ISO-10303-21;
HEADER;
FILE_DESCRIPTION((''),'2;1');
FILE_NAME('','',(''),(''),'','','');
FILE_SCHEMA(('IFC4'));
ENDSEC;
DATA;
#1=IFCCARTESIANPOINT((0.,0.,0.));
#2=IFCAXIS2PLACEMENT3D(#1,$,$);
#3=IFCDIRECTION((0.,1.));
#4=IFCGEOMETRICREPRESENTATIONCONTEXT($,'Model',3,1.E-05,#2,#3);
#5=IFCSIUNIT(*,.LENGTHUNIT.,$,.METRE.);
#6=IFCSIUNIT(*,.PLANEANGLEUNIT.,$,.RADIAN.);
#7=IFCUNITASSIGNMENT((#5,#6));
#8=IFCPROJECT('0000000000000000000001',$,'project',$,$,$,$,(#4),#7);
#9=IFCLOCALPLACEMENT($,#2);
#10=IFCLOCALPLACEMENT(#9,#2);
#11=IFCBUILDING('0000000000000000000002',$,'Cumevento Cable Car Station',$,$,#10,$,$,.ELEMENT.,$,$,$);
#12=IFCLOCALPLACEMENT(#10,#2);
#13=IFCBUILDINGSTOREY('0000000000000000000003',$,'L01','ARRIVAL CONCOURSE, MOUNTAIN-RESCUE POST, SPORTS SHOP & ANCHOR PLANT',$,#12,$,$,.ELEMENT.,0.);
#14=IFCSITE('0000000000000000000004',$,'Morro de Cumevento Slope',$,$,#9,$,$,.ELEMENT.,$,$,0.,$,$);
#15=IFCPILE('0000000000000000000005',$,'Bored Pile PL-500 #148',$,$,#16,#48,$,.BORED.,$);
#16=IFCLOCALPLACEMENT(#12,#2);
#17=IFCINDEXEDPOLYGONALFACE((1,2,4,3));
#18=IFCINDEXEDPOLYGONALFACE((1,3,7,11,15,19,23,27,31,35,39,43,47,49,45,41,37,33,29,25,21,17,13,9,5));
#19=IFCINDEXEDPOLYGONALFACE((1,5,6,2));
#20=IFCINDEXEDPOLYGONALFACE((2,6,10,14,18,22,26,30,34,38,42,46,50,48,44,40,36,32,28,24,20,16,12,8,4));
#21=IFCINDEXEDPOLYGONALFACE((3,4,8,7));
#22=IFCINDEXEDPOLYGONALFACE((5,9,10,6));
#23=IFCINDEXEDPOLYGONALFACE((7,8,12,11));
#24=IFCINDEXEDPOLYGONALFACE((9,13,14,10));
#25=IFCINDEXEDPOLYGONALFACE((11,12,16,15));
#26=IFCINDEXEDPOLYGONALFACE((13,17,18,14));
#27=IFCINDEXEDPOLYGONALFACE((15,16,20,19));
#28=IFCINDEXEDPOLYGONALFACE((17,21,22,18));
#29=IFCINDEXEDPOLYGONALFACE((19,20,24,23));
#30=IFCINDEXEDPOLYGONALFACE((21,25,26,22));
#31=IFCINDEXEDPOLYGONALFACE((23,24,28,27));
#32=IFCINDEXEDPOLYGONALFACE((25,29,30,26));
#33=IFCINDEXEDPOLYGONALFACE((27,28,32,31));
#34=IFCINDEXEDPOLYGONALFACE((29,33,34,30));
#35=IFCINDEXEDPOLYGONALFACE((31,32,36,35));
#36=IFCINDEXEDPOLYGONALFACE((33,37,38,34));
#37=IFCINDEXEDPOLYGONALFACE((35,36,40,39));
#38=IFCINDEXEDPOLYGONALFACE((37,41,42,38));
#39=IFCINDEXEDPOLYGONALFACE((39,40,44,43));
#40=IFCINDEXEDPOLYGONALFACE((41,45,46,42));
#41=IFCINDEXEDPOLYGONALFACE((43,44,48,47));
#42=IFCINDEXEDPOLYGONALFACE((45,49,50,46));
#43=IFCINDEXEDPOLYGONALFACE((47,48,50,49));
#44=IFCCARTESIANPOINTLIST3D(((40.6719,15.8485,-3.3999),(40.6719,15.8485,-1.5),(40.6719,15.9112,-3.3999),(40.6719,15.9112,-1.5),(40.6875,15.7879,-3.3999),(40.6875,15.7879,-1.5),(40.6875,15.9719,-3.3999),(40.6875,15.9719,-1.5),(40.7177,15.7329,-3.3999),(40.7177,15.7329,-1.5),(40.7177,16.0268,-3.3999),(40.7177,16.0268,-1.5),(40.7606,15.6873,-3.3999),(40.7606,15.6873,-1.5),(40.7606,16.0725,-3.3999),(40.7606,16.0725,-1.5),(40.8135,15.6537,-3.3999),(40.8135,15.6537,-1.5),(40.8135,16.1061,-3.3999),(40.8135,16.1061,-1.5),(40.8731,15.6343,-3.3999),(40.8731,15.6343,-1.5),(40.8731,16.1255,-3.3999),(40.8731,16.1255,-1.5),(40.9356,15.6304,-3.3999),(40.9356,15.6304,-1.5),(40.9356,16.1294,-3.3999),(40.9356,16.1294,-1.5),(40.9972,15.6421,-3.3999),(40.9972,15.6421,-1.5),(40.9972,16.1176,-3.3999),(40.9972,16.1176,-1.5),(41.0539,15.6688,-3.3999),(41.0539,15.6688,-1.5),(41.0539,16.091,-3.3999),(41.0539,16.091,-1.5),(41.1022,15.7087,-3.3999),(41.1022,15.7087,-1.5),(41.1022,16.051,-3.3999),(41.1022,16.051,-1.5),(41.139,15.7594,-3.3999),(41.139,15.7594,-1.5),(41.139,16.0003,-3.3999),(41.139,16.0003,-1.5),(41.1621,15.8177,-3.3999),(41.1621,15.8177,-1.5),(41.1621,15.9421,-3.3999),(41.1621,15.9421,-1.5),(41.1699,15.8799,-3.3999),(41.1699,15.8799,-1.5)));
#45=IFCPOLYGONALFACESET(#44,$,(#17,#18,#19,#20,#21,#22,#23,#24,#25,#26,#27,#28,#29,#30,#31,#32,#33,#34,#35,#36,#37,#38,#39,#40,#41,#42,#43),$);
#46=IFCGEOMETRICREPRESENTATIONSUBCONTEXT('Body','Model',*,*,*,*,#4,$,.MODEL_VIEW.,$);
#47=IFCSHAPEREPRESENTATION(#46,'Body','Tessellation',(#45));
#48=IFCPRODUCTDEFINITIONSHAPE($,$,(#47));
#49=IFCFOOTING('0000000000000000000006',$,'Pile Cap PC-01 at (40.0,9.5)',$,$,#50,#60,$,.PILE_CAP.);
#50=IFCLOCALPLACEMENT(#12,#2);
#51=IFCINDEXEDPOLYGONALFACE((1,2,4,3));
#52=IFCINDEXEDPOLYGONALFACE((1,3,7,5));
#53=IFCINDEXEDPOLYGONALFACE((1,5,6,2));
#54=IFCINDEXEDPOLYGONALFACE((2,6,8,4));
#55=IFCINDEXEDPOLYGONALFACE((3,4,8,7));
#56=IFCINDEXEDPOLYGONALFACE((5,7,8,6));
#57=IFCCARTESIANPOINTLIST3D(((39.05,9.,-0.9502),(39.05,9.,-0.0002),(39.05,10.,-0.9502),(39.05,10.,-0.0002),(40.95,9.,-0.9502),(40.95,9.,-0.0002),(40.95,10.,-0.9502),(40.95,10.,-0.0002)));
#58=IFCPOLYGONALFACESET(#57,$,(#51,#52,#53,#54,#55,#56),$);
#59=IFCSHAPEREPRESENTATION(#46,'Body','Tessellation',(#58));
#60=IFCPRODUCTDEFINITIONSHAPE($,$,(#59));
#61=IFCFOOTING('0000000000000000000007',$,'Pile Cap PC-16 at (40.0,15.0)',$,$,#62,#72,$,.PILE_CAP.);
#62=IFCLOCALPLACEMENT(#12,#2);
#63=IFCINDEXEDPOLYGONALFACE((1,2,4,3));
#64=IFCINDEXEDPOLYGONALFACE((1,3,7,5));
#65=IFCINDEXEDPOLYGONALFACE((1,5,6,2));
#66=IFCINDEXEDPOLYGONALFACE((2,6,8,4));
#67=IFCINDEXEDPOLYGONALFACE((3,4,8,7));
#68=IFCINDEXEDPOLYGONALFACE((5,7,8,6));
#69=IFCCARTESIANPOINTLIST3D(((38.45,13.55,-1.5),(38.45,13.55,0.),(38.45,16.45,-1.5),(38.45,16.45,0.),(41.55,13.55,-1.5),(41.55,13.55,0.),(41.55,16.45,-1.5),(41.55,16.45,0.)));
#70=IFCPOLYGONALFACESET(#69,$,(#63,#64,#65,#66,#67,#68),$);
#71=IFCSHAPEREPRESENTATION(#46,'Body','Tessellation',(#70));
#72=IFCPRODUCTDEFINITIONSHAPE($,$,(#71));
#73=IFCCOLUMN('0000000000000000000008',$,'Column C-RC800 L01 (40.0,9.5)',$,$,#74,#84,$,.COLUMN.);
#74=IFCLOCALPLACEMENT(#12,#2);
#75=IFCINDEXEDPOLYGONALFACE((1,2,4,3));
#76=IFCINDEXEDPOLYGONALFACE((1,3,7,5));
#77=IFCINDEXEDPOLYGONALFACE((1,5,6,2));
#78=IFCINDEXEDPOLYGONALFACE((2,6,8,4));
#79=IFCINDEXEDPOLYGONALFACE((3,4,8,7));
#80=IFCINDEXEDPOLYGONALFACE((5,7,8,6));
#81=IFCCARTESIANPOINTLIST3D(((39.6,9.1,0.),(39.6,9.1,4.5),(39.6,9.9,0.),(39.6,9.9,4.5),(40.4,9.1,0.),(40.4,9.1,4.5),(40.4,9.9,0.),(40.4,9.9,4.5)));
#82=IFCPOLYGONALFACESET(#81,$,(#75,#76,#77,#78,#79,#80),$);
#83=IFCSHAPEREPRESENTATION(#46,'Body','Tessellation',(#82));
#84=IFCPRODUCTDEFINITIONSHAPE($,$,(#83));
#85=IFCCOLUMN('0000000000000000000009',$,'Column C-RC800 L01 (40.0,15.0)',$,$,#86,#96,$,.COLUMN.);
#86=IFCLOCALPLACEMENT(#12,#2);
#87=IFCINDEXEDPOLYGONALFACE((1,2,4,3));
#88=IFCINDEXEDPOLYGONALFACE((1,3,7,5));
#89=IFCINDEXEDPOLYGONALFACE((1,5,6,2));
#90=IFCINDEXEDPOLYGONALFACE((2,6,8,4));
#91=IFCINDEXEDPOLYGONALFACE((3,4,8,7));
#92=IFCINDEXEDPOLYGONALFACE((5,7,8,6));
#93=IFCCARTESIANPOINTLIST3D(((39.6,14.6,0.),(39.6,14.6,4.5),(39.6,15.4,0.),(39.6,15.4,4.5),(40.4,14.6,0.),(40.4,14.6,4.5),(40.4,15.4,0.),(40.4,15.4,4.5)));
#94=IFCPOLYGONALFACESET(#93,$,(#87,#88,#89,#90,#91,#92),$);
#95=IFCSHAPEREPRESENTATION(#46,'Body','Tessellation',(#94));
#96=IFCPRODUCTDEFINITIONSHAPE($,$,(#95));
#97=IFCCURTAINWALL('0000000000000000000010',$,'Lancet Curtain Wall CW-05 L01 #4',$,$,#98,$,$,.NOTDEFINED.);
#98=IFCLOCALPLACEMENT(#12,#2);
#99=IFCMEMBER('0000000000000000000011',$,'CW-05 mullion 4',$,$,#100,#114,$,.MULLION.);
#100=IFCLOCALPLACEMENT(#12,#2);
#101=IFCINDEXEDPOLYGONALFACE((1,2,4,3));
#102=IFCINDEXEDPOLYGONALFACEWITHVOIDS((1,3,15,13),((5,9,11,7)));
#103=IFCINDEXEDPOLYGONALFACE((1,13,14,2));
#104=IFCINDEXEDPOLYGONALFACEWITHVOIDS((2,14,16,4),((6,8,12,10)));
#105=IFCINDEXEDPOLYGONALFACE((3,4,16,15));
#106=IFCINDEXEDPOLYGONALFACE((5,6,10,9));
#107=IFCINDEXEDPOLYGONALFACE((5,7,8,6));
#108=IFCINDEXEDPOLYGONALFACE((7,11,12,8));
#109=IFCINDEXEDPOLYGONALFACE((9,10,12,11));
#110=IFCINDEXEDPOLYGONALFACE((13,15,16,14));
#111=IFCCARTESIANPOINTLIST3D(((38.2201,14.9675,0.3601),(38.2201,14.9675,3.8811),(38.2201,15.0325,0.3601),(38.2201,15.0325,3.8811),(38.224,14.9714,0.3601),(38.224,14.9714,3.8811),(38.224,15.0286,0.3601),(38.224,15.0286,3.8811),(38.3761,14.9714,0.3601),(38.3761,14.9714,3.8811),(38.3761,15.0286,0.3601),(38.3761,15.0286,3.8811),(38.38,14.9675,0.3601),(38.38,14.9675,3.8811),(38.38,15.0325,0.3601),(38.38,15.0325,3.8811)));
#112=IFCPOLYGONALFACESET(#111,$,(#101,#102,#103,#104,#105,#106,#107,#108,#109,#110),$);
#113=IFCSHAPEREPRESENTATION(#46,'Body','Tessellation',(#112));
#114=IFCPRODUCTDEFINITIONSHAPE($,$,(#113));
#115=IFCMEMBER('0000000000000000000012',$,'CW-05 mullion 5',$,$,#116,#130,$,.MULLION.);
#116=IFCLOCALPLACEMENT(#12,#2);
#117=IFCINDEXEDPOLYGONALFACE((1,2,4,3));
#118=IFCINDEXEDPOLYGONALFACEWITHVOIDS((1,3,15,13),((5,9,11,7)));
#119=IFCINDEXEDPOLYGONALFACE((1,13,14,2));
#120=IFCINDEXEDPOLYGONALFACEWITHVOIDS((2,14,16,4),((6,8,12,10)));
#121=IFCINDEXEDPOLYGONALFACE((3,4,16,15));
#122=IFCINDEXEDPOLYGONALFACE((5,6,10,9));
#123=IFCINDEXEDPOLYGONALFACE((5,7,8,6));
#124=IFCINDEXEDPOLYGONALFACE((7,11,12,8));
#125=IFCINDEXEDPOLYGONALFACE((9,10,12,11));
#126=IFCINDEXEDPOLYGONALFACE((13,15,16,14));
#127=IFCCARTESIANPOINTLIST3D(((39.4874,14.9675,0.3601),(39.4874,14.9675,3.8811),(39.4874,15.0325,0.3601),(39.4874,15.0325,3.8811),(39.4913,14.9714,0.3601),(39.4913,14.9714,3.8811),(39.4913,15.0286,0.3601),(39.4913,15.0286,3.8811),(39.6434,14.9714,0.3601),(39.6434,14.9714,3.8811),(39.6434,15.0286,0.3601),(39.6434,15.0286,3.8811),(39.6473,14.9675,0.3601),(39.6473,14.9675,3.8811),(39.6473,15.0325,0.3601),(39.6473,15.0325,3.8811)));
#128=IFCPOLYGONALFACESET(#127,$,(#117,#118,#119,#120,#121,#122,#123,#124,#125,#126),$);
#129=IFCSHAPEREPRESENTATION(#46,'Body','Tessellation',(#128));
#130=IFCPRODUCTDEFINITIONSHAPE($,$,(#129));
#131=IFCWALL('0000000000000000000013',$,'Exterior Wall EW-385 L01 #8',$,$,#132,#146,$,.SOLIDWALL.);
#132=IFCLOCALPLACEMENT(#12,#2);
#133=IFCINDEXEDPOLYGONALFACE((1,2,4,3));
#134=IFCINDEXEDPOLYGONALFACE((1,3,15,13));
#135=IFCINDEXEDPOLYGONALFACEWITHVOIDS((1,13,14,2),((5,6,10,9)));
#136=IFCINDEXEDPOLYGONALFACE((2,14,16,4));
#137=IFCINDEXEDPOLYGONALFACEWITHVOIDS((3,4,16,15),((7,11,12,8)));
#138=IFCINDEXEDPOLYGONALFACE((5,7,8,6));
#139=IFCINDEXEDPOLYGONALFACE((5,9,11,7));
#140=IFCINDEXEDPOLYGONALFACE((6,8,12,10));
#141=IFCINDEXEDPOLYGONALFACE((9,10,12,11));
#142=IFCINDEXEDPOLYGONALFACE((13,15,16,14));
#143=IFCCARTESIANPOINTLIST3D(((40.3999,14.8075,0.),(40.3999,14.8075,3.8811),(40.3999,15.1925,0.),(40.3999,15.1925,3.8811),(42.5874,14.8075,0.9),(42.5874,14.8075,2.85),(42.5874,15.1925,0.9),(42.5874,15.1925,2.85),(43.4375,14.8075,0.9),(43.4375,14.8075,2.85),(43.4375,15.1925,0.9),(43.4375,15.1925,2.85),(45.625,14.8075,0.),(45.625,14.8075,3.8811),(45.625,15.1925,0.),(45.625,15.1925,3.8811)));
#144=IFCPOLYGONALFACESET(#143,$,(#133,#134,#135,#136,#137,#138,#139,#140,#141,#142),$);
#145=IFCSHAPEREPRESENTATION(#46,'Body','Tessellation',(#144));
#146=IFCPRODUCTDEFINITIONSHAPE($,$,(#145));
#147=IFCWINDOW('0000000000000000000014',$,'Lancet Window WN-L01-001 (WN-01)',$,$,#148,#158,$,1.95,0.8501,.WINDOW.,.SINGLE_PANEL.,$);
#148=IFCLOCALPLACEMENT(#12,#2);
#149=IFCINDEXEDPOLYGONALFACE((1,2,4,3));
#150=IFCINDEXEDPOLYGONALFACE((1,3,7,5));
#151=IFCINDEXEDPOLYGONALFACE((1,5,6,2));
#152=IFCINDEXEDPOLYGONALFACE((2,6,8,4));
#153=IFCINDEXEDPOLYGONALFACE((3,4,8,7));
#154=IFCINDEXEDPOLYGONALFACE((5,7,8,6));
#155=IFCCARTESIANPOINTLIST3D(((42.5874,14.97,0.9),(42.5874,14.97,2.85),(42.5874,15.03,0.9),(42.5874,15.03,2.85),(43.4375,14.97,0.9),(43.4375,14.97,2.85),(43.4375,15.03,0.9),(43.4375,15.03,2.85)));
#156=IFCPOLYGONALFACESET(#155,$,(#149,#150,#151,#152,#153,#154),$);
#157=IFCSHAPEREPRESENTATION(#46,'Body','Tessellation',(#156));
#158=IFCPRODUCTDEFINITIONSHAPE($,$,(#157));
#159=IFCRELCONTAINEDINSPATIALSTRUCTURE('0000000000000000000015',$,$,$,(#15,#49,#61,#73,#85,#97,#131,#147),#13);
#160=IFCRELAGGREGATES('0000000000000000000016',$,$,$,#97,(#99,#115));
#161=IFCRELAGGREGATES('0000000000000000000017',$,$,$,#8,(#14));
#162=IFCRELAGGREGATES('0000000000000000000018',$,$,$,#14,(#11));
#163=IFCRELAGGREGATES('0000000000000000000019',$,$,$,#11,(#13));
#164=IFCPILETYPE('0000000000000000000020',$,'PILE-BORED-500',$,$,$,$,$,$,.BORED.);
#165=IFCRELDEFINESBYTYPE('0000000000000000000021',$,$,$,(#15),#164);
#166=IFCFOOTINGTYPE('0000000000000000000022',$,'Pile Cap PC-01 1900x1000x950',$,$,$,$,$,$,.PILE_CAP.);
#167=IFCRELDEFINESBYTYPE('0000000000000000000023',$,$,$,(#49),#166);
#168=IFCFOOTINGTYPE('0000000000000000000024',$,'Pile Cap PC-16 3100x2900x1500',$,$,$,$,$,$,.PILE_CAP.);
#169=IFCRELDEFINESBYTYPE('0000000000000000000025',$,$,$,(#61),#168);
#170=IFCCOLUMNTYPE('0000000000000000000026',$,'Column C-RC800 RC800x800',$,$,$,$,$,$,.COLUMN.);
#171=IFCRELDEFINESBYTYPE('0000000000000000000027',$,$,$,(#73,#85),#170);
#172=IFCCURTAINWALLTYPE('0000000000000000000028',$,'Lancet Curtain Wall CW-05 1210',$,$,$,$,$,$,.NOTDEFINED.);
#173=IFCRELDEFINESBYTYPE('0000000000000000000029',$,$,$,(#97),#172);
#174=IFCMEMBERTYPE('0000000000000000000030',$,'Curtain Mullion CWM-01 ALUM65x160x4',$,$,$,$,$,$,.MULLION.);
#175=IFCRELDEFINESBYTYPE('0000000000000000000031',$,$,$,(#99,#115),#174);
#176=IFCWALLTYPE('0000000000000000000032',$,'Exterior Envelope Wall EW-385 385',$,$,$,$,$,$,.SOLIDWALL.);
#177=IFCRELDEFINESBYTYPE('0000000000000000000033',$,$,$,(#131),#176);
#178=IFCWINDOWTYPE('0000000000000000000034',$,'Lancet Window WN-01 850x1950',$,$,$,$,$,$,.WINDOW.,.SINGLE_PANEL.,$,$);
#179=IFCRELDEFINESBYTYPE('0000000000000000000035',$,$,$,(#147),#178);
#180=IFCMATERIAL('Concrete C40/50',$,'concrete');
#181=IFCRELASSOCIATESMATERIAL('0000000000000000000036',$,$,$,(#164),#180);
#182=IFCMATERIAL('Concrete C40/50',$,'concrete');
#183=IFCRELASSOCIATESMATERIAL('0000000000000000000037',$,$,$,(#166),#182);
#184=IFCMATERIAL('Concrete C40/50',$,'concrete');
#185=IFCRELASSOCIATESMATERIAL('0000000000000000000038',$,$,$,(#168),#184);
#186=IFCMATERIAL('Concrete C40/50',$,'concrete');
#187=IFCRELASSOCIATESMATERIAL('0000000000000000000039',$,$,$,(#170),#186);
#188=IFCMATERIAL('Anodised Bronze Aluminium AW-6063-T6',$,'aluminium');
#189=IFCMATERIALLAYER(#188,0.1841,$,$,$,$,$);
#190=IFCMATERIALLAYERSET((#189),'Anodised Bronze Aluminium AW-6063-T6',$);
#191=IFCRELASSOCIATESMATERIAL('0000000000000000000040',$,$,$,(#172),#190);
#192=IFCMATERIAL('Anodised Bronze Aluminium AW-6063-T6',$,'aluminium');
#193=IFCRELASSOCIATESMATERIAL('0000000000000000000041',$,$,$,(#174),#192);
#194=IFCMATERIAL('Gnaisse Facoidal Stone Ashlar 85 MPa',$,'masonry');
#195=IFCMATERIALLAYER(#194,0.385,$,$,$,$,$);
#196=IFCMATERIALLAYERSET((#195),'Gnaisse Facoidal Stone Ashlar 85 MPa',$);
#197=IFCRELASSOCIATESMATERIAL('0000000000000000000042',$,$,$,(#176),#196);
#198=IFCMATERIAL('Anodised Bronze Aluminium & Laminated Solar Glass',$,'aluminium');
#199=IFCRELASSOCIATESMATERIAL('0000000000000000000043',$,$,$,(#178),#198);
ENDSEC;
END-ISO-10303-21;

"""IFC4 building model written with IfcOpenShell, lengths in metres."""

from ifc_helpers import new_model, si_unit, direction, frame, frame_2d, origin, origin_2d, place, context, subcontext, project, spatial, rectangle, hollow_rectangle, circle, extrude, material, layer, layer_set, material_profile, profile_set, type_object, element, fill, aggregate, save


model = new_model("IFC4")

# Units and contexts
model_context = context("Model", 3, precision=1e-05, world=origin(), true_north=direction((0.0, 1.0)))
body_context = subcontext(model_context, "Body", "Model", "MODEL_VIEW")
ifc_project = project(units=[si_unit("LENGTHUNIT", "METRE"), si_unit("PLANEANGLEUNIT", "RADIAN")], contexts=[model_context])

# Site, building, storey
site_placement = place(None, origin())
site = spatial("IfcSite", under=ifc_project, at=site_placement, Name="Morro de Cumevento Slope", CompositionType="ELEMENT", RefElevation=0.0)
building_placement = place(site_placement, origin())
building = spatial("IfcBuilding", under=site, at=building_placement, Name="Cumevento Cable Car Station", CompositionType="ELEMENT")
storey_placement = place(building_placement, origin())
storey = spatial("IfcBuildingStorey", under=building, at=storey_placement, Name="L01", Description="ARRIVAL CONCOURSE, MOUNTAIN-RESCUE POST, SPORTS SHOP & ANCHOR PLANT", CompositionType="ELEMENT", Elevation=0.0)

# Pile
ifc_material_1 = material(Name="Concrete C40/50", Category="concrete")
ifc_material_profile_1 = material_profile(ifc_material_1, circle(Radius=0.25, at=origin_2d()), Name="PILE-D500")
ifc_profile_set_1 = profile_set([ifc_material_profile_1], Name="Concrete C40/50")
pile_type_1 = type_object("IfcPileType", Name="PILE-BORED-500", PredefinedType="BORED", material=ifc_profile_set_1)
for number, where, z_axis, x_axis, name in (
    (1, (40.9199, 15.8799, -1.5), (0.0, 0.0, -1.0), (1.0, 0.0, 0.0), "Bored Pile PL-500 #148"),
):
    element("IfcPile", number, at=place(storey_placement, frame(where, z_axis=z_axis, x_axis=x_axis)), inside=storey, type_object=pile_type_1, Name=name, PredefinedType="BORED", context=body_context, shape_type="SweptSolid", body=[
        extrude(circle(Radius=0.25, at=origin_2d()), origin(), (0.0, 0.0, 1.0), 1.8999),
    ])

# Footings
ifc_material_2 = material(Name="Concrete C40/50", Category="concrete")
footing_type_1 = type_object("IfcFootingType", Name="Pile Cap PC-01 1900x1000x950", PredefinedType="PILE_CAP", material=ifc_material_2)
footing_1_placement = place(storey_placement, frame((40.0, 9.5, -0.9502), z_axis=(0.0, 0.0, 1.0), x_axis=(1.0, 0.0, 0.0)))
element("IfcFooting", 2, at=footing_1_placement, inside=storey, type_object=footing_type_1, Name="Pile Cap PC-01 at (40.0,9.5)", PredefinedType="PILE_CAP", context=body_context, shape_type="SweptSolid", body=[
    extrude(rectangle(XDim=1.8999, YDim=1.0, at=origin_2d()), origin(), (0.0, 0.0, 1.0), 0.95),
])
ifc_material_3 = material(Name="Concrete C40/50", Category="concrete")
footing_type_2 = type_object("IfcFootingType", Name="Pile Cap PC-16 3100x2900x1500", PredefinedType="PILE_CAP", material=ifc_material_3)
footing_2_placement = place(storey_placement, frame((40.0, 15.0, -1.5), z_axis=(0.0, 0.0, 1.0), x_axis=(1.0, 0.0, 0.0)))
element("IfcFooting", 3, at=footing_2_placement, inside=storey, type_object=footing_type_2, Name="Pile Cap PC-16 at (40.0,15.0)", PredefinedType="PILE_CAP", context=body_context, shape_type="SweptSolid", body=[
    extrude(rectangle(XDim=3.1001, YDim=2.8999, at=origin_2d()), origin(), (0.0, 0.0, 1.0), 1.5),
])

# Columns
ifc_material_4 = material(Name="Concrete C40/50", Category="concrete")
ifc_material_profile_2 = material_profile(ifc_material_4, rectangle(XDim=0.8, YDim=0.8, at=origin_2d()), Name="RC800x800")
ifc_profile_set_2 = profile_set([ifc_material_profile_2], Name="Concrete C40/50")
column_type = type_object("IfcColumnType", Name="Column C-RC800 RC800x800", PredefinedType="COLUMN", material=ifc_profile_set_2)
for number, where, z_axis, x_axis, name in (
    (4, (40.0, 9.5, 0.0), (0.0, 0.0, 1.0), (1.0, 0.0, 0.0), "Column C-RC800 L01 (40.0,9.5)"),
    (5, (40.0, 15.0, 0.0), (0.0, 0.0, 1.0), (1.0, 0.0, 0.0), "Column C-RC800 L01 (40.0,15.0)"),
):
    element("IfcColumn", number, at=place(storey_placement, frame(where, z_axis=z_axis, x_axis=x_axis)), inside=storey, type_object=column_type, Name=name, PredefinedType="COLUMN", context=body_context, shape_type="SweptSolid", body=[
        extrude(rectangle(XDim=0.8, YDim=0.8, at=origin_2d()), origin(), (0.0, 0.0, 1.0), 4.5),
    ])

# Curtain wall, members
ifc_material_5 = material(Name="Anodised Bronze Aluminium AW-6063-T6", Category="aluminium")
ifc_layer_1 = layer(ifc_material_5, 0.1841)
ifc_layer_set_1 = layer_set([ifc_layer_1], Name="Anodised Bronze Aluminium AW-6063-T6")
curtain_wall_type = type_object("IfcCurtainWallType", Name="Lancet Curtain Wall CW-05 1210", PredefinedType="NOTDEFINED", material=ifc_layer_set_1)
curtain_wall_placement = place(storey_placement, origin())
curtain_wall = element("IfcCurtainWall", 6, at=curtain_wall_placement, inside=storey, type_object=curtain_wall_type, Name="Lancet Curtain Wall CW-05 L01 #4", PredefinedType="NOTDEFINED")
ifc_material_6 = material(Name="Anodised Bronze Aluminium AW-6063-T6", Category="aluminium")
ifc_material_profile_3 = material_profile(ifc_material_6, hollow_rectangle(XDim=0.0649, YDim=0.1599, WallThickness=0.0039, at=origin_2d()), Name="ALUM65x160x4")
ifc_profile_set_3 = profile_set([ifc_material_profile_3], Name="Anodised Bronze Aluminium AW-6063-T6")
member_type = type_object("IfcMemberType", Name="Curtain Mullion CWM-01 ALUM65x160x4", PredefinedType="MULLION", material=ifc_profile_set_3)
member_1_placement = place(storey_placement, frame((38.3, 15.0, 0.3601), z_axis=(0.0, 0.0, 1.0), x_axis=(0.0, 1.0, 0.0)))
member_1 = element("IfcMember", 7, at=member_1_placement, type_object=member_type, Name="CW-05 mullion 4", PredefinedType="MULLION", context=body_context, shape_type="SweptSolid", body=[
    extrude(hollow_rectangle(XDim=0.0649, YDim=0.1599, WallThickness=0.0039, at=origin_2d()), origin(), (0.0, 0.0, 1.0), 3.521),
])
member_2_placement = place(storey_placement, frame((39.5674, 15.0, 0.3601), z_axis=(0.0, 0.0, 1.0), x_axis=(0.0, 1.0, 0.0)))
member_2 = element("IfcMember", 8, at=member_2_placement, type_object=member_type, Name="CW-05 mullion 5", PredefinedType="MULLION", context=body_context, shape_type="SweptSolid", body=[
    extrude(hollow_rectangle(XDim=0.0649, YDim=0.1599, WallThickness=0.0039, at=origin_2d()), origin(), (0.0, 0.0, 1.0), 3.521),
])
aggregate(curtain_wall, [member_1, member_2])

# Wall, opening, window
ifc_material_7 = material(Name="Gnaisse Facoidal Stone Ashlar 85 MPa", Category="masonry")
ifc_layer_2 = layer(ifc_material_7, 0.385)
ifc_layer_set_2 = layer_set([ifc_layer_2], Name="Gnaisse Facoidal Stone Ashlar 85 MPa")
wall_type_1 = type_object("IfcWallType", Name="Exterior Envelope Wall EW-385 385", PredefinedType="SOLIDWALL", material=ifc_layer_set_2)
wall_1_placement = place(storey_placement, frame((40.3999, 15.0, 0.0), z_axis=(0.0, 0.0, 1.0), x_axis=(1.0, 0.0, 0.0)))
wall_1 = element("IfcWall", 9, at=wall_1_placement, inside=storey, type_object=wall_type_1, Name="Exterior Wall EW-385 L01 #8", PredefinedType="SOLIDWALL", context=body_context, shape_type="SweptSolid", body=[
    extrude(rectangle(XDim=5.2251, YDim=0.385, at=frame_2d((2.6125, 0.0))), origin(), (0.0, 0.0, 1.0), 3.8811),
])
opening_1_placement = place(wall_1_placement, frame((2.1875, 0.0, 0.8999)))
opening_1 = element("IfcOpeningElement", 10, at=opening_1_placement, cuts=wall_1, PredefinedType="OPENING", context=body_context, shape_type="SweptSolid", body=[
    extrude(rectangle(XDim=0.8501, YDim=1.95, at=frame_2d((0.425, 0.9751))), frame((0.0, 0.2024, 0.0), z_axis=(0.0, -1.0, 0.0), x_axis=(1.0, 0.0, 0.0)), (0.0, 0.0, 1.0), 0.405),
])
ifc_material_8 = material(Name="Anodised Bronze Aluminium & Laminated Solar Glass", Category="aluminium")
window_type = type_object("IfcWindowType", Name="Lancet Window WN-01 850x1950", PartitioningType="SINGLE_PANEL", PredefinedType="WINDOW", material=ifc_material_8)
window_placement = place(opening_1_placement, origin())
window = element("IfcWindow", 11, at=window_placement, inside=storey, type_object=window_type, Name="Lancet Window WN-L01-001 (WN-01)", OverallHeight=1.95, OverallWidth=0.8501, PartitioningType="SINGLE_PANEL", PredefinedType="WINDOW", context=body_context, shape_type="SweptSolid", body=[
    extrude(rectangle(XDim=0.8501, YDim=1.95, at=frame_2d((0.425, 0.9751))), frame((0.0, 0.03, 0.0), z_axis=(0.0, -1.0, 0.0), x_axis=(1.0, 0.0, 0.0)), (0.0, 0.0, 1.0), 0.0601),
])
fill(opening_1, window)

save(model, "model.ifc")
